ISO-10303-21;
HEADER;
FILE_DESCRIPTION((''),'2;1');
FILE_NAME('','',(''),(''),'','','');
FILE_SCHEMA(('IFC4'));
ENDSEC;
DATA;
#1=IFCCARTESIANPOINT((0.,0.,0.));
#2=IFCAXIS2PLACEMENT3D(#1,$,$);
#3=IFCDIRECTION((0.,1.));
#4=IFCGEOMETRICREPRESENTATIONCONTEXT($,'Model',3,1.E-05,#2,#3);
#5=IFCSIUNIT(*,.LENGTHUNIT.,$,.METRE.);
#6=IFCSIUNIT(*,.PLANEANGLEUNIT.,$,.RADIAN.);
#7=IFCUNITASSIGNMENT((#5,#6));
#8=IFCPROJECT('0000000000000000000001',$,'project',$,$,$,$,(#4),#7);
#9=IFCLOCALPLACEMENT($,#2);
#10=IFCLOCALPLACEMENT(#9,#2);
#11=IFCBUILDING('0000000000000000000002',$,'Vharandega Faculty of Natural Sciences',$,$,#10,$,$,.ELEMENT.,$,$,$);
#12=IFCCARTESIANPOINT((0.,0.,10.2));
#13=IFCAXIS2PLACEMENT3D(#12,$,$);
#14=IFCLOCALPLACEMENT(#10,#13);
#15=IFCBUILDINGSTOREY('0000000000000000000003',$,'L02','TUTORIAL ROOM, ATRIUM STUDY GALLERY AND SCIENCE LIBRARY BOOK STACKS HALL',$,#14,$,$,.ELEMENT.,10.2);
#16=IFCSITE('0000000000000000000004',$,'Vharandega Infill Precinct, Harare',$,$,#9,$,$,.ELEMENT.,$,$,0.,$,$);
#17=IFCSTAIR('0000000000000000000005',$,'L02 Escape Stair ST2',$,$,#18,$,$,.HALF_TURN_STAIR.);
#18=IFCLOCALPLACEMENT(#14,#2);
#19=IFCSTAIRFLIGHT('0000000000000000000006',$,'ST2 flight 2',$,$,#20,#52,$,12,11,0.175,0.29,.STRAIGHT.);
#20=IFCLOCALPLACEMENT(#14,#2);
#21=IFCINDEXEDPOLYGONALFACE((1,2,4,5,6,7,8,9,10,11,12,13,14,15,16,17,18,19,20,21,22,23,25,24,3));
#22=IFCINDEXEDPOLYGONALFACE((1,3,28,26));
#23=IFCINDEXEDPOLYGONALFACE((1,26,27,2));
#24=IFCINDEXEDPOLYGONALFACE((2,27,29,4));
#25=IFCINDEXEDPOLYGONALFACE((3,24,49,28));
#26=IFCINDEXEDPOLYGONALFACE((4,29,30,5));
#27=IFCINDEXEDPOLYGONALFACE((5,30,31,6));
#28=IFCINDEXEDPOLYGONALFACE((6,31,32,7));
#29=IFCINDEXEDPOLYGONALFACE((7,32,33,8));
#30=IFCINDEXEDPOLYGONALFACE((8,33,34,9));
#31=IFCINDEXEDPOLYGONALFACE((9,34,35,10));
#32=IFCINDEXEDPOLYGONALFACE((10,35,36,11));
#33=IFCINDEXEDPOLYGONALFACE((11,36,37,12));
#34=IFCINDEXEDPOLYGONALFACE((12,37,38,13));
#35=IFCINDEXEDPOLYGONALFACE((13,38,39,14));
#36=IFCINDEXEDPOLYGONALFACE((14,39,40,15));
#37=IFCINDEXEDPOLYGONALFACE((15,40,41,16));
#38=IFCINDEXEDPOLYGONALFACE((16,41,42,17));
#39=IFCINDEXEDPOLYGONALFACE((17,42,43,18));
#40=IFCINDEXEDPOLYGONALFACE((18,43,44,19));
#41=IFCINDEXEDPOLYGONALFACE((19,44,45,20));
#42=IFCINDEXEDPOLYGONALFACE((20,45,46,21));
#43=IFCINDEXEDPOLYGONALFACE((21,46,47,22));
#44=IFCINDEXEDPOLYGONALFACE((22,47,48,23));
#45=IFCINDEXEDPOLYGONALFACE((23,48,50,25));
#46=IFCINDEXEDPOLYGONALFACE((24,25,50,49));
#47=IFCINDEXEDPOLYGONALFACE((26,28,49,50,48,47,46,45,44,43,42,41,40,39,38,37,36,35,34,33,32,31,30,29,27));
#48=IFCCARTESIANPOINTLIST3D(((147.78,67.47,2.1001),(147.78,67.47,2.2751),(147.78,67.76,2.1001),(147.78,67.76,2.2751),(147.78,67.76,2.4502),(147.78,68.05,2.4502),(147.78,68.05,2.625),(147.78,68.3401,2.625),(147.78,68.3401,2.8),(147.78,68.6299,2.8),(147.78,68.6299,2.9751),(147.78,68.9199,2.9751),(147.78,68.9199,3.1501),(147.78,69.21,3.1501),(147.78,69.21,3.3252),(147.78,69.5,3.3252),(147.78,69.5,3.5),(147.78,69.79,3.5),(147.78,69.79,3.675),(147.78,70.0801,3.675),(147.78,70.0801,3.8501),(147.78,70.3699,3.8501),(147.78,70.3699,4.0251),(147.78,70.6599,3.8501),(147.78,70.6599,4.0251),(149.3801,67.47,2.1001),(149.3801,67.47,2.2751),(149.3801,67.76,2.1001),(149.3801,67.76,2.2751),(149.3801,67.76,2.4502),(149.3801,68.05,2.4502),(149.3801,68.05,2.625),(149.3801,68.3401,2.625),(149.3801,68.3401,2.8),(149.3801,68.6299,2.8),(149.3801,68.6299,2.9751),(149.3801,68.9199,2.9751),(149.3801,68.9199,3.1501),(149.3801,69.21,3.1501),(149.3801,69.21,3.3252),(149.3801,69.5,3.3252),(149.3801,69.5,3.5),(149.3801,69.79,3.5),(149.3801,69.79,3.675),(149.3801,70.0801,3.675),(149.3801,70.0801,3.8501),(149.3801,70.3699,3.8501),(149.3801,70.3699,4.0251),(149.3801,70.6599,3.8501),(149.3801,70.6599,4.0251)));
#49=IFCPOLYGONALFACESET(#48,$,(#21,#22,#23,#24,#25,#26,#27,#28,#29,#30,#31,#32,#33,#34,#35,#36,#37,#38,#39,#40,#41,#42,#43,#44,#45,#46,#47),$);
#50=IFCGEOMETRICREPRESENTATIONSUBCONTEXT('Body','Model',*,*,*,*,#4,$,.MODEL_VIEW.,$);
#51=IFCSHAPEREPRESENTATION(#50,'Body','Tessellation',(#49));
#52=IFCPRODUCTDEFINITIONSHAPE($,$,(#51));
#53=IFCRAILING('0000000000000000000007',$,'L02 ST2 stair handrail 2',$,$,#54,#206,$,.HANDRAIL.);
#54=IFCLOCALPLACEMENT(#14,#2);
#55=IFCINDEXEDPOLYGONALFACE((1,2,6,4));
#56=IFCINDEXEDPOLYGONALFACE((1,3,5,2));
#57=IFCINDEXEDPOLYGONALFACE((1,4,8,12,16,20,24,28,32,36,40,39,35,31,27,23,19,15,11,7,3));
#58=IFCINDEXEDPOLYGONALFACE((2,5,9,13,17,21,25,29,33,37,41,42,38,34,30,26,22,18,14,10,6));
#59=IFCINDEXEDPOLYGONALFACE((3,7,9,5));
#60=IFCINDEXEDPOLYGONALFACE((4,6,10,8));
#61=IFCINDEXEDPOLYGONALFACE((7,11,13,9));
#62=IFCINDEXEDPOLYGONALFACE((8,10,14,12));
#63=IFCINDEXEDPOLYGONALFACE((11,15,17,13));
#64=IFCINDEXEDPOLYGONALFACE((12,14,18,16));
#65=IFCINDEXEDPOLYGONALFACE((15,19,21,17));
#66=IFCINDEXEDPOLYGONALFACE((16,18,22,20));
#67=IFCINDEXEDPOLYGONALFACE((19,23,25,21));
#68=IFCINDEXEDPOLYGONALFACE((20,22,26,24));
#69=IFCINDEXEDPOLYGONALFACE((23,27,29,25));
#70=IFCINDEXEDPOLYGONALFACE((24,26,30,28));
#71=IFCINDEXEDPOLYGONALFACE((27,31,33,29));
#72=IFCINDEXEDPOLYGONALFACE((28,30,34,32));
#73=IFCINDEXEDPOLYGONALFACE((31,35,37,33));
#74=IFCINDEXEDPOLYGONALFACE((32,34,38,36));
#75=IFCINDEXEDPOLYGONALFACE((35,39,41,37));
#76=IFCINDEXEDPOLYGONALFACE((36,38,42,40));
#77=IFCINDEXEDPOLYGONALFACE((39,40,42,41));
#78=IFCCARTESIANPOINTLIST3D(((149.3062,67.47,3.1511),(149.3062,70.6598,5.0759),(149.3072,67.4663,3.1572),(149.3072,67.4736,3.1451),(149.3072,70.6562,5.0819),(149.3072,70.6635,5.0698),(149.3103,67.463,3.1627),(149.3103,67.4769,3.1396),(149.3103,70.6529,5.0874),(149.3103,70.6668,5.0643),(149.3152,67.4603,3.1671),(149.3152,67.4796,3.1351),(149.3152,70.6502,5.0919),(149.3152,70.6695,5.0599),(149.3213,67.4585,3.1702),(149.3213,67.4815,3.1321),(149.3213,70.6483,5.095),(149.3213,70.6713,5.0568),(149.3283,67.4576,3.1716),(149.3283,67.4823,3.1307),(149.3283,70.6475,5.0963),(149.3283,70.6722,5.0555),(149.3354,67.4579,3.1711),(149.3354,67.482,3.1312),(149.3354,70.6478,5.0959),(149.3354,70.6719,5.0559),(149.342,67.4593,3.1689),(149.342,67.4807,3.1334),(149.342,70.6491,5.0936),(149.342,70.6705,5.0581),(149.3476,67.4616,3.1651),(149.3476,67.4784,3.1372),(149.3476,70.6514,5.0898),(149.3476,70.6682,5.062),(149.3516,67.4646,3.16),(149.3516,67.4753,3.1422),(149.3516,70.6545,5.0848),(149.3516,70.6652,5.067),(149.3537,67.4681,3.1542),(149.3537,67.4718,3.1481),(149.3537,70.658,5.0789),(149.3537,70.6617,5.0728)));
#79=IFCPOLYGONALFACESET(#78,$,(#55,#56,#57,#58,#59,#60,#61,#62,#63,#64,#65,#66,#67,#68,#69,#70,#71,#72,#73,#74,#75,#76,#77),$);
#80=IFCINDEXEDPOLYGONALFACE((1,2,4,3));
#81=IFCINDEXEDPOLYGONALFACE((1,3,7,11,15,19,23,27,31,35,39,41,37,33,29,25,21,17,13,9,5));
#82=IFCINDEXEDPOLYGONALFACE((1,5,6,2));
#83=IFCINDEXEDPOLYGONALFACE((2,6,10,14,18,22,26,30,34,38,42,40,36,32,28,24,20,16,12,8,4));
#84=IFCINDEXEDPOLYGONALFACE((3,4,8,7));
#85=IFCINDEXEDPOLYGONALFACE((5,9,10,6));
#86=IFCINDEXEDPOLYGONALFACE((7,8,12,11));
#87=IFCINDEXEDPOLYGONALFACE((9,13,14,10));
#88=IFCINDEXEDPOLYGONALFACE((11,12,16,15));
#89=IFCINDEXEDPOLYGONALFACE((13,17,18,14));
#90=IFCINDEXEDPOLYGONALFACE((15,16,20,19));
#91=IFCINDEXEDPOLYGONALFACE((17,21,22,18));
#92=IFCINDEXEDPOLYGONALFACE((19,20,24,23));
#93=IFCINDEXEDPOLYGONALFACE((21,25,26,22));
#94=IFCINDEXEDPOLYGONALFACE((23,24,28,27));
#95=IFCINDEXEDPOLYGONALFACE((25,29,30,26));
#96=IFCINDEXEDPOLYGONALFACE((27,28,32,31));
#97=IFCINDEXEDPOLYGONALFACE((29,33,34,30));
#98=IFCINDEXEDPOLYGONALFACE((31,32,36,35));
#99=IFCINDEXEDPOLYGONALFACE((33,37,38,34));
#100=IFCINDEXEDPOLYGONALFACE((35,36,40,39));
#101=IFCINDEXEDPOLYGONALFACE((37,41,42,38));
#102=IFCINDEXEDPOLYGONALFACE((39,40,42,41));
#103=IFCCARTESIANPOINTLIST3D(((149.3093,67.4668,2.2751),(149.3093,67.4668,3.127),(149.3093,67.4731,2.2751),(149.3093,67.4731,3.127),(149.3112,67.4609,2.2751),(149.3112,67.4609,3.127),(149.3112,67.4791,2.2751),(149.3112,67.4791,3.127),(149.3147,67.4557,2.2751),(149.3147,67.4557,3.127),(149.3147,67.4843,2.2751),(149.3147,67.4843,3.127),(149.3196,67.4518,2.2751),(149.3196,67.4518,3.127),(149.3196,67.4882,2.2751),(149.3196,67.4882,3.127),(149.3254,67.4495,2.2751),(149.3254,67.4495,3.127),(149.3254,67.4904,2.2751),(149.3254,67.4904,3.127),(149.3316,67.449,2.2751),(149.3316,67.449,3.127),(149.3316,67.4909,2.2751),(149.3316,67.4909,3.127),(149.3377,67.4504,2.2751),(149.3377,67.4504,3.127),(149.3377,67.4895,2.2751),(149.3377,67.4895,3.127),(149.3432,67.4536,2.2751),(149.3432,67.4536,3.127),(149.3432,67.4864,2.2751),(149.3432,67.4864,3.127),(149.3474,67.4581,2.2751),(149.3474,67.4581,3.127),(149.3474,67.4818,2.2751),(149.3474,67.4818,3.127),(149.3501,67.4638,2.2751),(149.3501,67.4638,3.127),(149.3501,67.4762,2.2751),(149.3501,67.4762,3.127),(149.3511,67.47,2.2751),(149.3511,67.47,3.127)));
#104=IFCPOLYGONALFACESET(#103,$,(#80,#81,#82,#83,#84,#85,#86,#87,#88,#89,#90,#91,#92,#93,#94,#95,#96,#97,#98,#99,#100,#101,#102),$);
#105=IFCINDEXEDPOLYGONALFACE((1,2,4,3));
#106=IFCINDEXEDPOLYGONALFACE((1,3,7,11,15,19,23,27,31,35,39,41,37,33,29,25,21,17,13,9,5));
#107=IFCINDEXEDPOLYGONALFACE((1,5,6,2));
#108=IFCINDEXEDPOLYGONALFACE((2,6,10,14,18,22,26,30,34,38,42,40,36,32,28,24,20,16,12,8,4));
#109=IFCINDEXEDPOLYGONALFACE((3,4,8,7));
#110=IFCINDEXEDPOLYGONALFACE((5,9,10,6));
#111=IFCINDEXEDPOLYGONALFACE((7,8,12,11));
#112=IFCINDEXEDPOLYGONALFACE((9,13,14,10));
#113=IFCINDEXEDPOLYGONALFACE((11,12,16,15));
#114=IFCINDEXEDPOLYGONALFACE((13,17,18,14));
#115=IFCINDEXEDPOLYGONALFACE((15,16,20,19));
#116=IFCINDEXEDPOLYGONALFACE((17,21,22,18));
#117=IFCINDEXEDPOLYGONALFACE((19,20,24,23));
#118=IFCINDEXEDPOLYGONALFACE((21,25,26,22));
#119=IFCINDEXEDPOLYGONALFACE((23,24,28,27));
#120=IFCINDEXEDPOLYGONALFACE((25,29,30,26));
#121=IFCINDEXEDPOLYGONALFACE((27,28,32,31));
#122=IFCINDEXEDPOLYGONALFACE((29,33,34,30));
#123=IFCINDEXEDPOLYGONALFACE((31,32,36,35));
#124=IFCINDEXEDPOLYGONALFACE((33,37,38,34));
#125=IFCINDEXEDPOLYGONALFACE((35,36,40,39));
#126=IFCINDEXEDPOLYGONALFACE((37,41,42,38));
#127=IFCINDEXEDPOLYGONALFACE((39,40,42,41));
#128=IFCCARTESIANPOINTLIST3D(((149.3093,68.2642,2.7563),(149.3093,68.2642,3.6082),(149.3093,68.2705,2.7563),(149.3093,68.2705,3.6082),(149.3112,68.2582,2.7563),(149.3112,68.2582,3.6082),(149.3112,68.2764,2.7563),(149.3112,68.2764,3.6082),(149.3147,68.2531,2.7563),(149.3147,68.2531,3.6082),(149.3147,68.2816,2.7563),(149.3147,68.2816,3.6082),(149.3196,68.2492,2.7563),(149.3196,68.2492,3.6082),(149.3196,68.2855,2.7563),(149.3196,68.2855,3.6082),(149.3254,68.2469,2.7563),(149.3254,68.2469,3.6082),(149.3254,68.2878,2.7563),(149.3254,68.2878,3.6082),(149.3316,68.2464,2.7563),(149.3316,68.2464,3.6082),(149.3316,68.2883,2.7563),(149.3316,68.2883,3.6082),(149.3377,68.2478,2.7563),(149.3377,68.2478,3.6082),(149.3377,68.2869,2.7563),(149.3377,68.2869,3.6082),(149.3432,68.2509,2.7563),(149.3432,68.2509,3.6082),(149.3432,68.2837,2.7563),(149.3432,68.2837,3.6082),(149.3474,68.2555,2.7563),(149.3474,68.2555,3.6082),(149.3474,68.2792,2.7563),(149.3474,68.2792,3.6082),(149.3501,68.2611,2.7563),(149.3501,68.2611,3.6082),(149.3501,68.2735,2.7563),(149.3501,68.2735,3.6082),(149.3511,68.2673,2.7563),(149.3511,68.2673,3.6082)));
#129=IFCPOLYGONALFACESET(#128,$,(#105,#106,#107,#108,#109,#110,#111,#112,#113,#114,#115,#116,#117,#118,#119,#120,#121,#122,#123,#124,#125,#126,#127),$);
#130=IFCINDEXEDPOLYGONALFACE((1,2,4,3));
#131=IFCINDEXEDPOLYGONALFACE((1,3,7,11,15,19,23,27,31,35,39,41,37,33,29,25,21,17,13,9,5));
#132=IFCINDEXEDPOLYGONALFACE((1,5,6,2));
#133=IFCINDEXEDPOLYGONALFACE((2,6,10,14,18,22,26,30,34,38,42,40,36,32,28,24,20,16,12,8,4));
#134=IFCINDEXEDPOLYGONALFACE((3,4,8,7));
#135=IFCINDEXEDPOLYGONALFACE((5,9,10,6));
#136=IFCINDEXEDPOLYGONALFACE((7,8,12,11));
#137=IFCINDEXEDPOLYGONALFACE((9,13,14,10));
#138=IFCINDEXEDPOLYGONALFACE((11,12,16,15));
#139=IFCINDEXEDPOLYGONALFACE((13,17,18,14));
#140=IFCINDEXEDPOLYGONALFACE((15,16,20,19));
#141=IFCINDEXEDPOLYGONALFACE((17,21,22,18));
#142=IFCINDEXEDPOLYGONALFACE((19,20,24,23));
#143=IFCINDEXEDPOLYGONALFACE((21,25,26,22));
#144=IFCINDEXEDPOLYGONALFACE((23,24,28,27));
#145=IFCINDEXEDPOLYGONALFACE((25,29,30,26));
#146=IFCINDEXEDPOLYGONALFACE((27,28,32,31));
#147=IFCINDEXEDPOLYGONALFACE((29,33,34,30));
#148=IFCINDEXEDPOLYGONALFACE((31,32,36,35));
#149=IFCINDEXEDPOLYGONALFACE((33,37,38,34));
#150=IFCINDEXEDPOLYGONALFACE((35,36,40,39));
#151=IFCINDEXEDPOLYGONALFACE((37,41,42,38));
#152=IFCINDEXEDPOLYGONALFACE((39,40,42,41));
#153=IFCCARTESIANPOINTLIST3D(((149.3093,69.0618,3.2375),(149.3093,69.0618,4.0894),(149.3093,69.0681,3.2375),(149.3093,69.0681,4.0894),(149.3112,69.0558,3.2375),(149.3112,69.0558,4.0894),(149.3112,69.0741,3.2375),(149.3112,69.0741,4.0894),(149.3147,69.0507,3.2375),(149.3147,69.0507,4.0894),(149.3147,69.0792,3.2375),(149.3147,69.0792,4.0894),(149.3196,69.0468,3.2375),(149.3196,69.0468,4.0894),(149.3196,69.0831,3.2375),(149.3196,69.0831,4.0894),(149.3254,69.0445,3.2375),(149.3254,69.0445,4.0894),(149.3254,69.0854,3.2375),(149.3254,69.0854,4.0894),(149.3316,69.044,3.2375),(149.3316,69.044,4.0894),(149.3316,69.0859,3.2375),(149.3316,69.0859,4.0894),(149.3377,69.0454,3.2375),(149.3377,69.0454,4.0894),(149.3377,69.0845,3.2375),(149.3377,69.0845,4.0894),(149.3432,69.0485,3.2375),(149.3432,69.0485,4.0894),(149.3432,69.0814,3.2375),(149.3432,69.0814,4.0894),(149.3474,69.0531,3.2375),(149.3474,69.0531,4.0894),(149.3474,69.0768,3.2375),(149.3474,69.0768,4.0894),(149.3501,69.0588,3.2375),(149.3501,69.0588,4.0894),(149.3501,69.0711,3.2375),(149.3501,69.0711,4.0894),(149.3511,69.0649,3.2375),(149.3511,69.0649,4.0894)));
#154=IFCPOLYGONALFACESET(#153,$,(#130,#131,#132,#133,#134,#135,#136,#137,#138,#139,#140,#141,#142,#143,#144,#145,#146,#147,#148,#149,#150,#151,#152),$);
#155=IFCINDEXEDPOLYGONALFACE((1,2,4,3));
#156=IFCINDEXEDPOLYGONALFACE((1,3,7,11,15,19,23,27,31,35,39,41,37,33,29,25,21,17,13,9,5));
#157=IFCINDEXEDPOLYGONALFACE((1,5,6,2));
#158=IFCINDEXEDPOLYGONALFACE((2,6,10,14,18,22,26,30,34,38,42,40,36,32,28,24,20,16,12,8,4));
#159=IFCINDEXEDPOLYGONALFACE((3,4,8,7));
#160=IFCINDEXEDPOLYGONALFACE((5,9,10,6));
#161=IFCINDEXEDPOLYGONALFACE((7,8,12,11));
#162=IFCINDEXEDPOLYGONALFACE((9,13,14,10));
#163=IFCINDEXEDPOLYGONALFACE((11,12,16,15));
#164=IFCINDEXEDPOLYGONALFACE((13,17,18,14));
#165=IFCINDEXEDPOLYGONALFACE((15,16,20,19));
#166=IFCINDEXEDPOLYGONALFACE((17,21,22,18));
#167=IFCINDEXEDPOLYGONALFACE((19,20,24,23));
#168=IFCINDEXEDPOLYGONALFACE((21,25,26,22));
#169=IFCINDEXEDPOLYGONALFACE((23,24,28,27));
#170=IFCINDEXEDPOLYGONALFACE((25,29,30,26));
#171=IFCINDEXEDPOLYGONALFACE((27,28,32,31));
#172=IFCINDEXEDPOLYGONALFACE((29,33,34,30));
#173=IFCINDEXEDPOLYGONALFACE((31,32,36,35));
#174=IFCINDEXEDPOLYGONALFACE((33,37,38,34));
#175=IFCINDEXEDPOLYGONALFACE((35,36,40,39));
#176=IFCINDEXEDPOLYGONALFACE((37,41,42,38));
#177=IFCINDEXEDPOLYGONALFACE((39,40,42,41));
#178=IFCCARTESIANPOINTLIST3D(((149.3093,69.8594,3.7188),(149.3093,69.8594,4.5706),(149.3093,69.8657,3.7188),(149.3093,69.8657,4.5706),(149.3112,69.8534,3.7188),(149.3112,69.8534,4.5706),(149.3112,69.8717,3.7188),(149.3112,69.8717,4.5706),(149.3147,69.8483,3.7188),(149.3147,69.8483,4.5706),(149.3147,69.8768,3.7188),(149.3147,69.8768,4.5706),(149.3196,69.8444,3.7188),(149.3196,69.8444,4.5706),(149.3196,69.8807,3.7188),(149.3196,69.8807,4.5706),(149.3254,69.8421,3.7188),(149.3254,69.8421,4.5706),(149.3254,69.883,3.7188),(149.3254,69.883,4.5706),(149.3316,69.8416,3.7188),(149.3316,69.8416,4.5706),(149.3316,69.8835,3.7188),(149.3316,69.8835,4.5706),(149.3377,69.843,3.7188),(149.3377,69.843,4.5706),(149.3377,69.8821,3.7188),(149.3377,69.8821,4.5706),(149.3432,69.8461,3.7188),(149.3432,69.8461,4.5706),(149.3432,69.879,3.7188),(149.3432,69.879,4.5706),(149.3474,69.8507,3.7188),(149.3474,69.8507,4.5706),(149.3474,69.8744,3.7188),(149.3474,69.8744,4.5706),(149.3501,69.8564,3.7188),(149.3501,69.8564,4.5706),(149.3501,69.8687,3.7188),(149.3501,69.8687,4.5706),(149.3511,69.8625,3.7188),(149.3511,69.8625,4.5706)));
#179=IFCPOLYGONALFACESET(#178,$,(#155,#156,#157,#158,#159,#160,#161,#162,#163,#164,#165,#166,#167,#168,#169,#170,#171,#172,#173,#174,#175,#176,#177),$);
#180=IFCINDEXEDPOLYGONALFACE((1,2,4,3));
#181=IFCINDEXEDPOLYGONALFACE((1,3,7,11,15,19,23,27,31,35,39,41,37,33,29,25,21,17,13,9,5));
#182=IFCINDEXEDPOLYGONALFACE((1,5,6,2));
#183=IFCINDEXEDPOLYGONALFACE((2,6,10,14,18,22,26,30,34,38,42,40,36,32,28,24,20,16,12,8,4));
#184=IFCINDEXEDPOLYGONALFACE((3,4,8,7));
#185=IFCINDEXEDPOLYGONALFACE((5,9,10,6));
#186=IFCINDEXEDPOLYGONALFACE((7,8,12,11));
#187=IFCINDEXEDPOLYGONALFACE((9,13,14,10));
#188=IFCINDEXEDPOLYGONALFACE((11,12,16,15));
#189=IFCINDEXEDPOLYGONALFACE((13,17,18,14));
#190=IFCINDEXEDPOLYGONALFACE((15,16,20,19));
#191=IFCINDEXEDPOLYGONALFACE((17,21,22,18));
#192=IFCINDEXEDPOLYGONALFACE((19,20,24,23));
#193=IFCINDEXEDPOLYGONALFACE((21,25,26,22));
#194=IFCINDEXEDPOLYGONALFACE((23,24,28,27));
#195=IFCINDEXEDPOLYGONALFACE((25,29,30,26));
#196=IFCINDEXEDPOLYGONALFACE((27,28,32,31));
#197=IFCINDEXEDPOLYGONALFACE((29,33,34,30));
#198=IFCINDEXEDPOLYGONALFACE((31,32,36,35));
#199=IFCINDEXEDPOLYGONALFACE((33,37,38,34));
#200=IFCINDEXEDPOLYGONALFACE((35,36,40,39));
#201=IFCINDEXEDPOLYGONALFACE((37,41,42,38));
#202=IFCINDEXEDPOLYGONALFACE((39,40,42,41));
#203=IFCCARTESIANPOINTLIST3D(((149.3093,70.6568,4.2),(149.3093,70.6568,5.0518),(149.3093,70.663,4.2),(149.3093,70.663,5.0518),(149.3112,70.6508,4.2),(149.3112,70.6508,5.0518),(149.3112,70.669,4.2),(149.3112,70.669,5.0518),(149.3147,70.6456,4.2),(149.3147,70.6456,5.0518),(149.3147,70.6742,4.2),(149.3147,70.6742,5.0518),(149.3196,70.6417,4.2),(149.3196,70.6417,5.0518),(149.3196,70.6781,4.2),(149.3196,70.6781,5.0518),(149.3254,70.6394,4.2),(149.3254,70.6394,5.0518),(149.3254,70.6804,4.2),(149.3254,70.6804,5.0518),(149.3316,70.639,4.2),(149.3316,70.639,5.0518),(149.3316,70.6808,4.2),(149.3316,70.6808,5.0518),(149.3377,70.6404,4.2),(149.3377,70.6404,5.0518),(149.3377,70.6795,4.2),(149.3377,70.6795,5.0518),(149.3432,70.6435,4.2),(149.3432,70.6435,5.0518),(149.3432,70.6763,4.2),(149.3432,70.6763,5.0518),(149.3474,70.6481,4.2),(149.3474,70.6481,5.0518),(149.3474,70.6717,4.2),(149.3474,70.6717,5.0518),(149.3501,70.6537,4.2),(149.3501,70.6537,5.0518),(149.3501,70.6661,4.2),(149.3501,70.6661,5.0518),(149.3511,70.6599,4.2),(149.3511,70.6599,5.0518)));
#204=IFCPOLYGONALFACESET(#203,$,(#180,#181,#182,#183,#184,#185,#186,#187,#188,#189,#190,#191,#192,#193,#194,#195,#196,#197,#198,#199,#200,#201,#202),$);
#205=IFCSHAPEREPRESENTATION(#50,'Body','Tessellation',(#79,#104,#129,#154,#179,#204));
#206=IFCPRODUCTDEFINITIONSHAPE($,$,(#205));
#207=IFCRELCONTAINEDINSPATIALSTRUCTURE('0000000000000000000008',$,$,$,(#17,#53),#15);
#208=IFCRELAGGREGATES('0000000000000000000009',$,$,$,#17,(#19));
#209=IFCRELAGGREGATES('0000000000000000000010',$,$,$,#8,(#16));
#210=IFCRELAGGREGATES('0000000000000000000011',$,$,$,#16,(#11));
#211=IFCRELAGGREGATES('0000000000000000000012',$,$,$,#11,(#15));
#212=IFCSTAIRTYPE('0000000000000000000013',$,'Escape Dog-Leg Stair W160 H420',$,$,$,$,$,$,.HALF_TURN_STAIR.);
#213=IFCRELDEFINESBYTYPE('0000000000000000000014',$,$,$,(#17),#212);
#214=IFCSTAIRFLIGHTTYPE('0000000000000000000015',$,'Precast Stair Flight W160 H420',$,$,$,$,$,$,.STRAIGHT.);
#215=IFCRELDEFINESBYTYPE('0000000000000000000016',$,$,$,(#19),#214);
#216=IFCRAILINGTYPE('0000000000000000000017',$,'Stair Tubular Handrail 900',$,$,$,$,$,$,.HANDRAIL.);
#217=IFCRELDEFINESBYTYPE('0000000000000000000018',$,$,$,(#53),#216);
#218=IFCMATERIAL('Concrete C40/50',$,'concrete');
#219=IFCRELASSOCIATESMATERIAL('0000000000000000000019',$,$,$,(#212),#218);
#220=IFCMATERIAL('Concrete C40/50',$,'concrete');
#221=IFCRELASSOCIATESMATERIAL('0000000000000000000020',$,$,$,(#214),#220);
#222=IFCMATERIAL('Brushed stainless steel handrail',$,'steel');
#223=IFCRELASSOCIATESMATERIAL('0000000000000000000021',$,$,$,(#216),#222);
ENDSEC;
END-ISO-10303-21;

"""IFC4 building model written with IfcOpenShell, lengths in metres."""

from ifc_helpers import new_model, si_unit, direction, frame, origin, origin_2d, place, context, subcontext, project, spatial, polyline, circle, outline, extrude, material, type_object, element, aggregate, save


model = new_model("IFC4")

# Units and contexts
model_context = context("Model", 3, precision=1e-05, world=origin(), true_north=direction((0.0, 1.0)))
body_context = subcontext(model_context, "Body", "Model", "MODEL_VIEW")
ifc_project = project(units=[si_unit("LENGTHUNIT", "METRE"), si_unit("PLANEANGLEUNIT", "RADIAN")], contexts=[model_context])

# Site, building, storey
site_placement = place(None, origin())
site = spatial("IfcSite", under=ifc_project, at=site_placement, Name="Vharandega Infill Precinct, Harare", CompositionType="ELEMENT", RefElevation=0.0)
building_placement = place(site_placement, origin())
building = spatial("IfcBuilding", under=site, at=building_placement, Name="Vharandega Faculty of Natural Sciences", CompositionType="ELEMENT")
storey_placement = place(building_placement, frame((0.0, 0.0, 10.2)))
storey = spatial("IfcBuildingStorey", under=building, at=storey_placement, Name="L02", Description="TUTORIAL ROOM, ATRIUM STUDY GALLERY AND SCIENCE LIBRARY BOOK STACKS HALL", CompositionType="ELEMENT", Elevation=10.2)

# Stair, stair flight
ifc_material_1 = material(Name="Concrete C40/50", Category="concrete")
stair_type = type_object("IfcStairType", Name="Escape Dog-Leg Stair W160 H420", PredefinedType="HALF_TURN_STAIR", material=ifc_material_1)
stair_placement = place(storey_placement, origin())
stair = element("IfcStair", 1, at=stair_placement, inside=storey, type_object=stair_type, Name="L02 Escape Stair ST2", PredefinedType="HALF_TURN_STAIR")
ifc_material_2 = material(Name="Concrete C40/50", Category="concrete")
stair_flight_type = type_object("IfcStairFlightType", Name="Precast Stair Flight W160 H420", PredefinedType="STRAIGHT", material=ifc_material_2)
stair_flight_placement = place(storey_placement, frame((148.5801, 67.47, 2.1001), z_axis=(0.0, 0.0, 1.0), x_axis=(0.0, 1.0, 0.0)))
stair_flight = element("IfcStairFlight", 2, at=stair_flight_placement, type_object=stair_flight_type, Name="ST2 flight 2", NumberOfRisers=12, NumberOfTreads=11, PredefinedType="STRAIGHT", RiserHeight=0.175, TreadLength=0.29, context=body_context, shape_type="SweptSolid", body=[
    extrude(outline(polyline([(0.0, 0.0), (0.0, 0.175), (0.29, 0.175), (0.29, 0.3501), (0.5801, 0.3501), (0.5801, 0.5249), (0.8701, 0.5249), (0.8701, 0.7), (1.1599, 0.7), (1.1599, 0.875), (1.45, 0.875), (1.45, 1.05), (1.74, 1.05), (1.74, 1.2251), (2.03, 1.2251), (2.03, 1.3999), (2.3201, 1.3999), (2.3201, 1.575), (2.6101, 1.575), (2.6101, 1.75), (2.8999, 1.75), (2.8999, 1.925), (3.1899, 1.925), (3.1899, 2.1001), (3.1899, 1.75), (0.29, 0.0), (0.0, 0.0)])), frame((0.0, 0.8, 0.0), z_axis=(0.0, -1.0, 0.0), x_axis=(1.0, 0.0, 0.0)), (0.0, 0.0, 1.0), 1.6001),
])
aggregate(stair, [stair_flight])

# Railing
ifc_material_3 = material(Name="Brushed stainless steel handrail", Category="steel")
railing_type_1 = type_object("IfcRailingType", Name="Stair Tubular Handrail 900", PredefinedType="HANDRAIL", material=ifc_material_3)
railing_1_placement = place(storey_placement, frame((149.3301, 67.47, 2.2751)))
element("IfcRailing", 3, at=railing_1_placement, inside=storey, type_object=railing_type_1, Name="L02 ST2 stair handrail 2", PredefinedType="HANDRAIL", context=body_context, shape_type="SweptSolid", body=[
    extrude(circle(Radius=0.0239, at=origin_2d()), frame((0.0, 0.0, 0.876), z_axis=(0.0, 0.856207, 0.516633), x_axis=(-1.0, 0.0, 0.0)), (0.0, 0.0, 1.0), 3.7256),
    extrude(circle(Radius=0.021, at=origin_2d()), origin(), (0.0, 0.0, 1.0), 0.8518),
    extrude(circle(Radius=0.021, at=origin_2d()), frame((0.0, 0.7974, 0.4812)), (0.0, 0.0, 1.0), 0.8518),
    extrude(circle(Radius=0.021, at=origin_2d()), frame((0.0, 1.595, 0.9624)), (0.0, 0.0, 1.0), 0.8518),
    extrude(circle(Radius=0.021, at=origin_2d()), frame((0.0, 2.3926, 1.4436)), (0.0, 0.0, 1.0), 0.8518),
    extrude(circle(Radius=0.021, at=origin_2d()), frame((0.0, 3.1899, 1.9248)), (0.0, 0.0, 1.0), 0.8518),
])

save(model, "model.ifc")
